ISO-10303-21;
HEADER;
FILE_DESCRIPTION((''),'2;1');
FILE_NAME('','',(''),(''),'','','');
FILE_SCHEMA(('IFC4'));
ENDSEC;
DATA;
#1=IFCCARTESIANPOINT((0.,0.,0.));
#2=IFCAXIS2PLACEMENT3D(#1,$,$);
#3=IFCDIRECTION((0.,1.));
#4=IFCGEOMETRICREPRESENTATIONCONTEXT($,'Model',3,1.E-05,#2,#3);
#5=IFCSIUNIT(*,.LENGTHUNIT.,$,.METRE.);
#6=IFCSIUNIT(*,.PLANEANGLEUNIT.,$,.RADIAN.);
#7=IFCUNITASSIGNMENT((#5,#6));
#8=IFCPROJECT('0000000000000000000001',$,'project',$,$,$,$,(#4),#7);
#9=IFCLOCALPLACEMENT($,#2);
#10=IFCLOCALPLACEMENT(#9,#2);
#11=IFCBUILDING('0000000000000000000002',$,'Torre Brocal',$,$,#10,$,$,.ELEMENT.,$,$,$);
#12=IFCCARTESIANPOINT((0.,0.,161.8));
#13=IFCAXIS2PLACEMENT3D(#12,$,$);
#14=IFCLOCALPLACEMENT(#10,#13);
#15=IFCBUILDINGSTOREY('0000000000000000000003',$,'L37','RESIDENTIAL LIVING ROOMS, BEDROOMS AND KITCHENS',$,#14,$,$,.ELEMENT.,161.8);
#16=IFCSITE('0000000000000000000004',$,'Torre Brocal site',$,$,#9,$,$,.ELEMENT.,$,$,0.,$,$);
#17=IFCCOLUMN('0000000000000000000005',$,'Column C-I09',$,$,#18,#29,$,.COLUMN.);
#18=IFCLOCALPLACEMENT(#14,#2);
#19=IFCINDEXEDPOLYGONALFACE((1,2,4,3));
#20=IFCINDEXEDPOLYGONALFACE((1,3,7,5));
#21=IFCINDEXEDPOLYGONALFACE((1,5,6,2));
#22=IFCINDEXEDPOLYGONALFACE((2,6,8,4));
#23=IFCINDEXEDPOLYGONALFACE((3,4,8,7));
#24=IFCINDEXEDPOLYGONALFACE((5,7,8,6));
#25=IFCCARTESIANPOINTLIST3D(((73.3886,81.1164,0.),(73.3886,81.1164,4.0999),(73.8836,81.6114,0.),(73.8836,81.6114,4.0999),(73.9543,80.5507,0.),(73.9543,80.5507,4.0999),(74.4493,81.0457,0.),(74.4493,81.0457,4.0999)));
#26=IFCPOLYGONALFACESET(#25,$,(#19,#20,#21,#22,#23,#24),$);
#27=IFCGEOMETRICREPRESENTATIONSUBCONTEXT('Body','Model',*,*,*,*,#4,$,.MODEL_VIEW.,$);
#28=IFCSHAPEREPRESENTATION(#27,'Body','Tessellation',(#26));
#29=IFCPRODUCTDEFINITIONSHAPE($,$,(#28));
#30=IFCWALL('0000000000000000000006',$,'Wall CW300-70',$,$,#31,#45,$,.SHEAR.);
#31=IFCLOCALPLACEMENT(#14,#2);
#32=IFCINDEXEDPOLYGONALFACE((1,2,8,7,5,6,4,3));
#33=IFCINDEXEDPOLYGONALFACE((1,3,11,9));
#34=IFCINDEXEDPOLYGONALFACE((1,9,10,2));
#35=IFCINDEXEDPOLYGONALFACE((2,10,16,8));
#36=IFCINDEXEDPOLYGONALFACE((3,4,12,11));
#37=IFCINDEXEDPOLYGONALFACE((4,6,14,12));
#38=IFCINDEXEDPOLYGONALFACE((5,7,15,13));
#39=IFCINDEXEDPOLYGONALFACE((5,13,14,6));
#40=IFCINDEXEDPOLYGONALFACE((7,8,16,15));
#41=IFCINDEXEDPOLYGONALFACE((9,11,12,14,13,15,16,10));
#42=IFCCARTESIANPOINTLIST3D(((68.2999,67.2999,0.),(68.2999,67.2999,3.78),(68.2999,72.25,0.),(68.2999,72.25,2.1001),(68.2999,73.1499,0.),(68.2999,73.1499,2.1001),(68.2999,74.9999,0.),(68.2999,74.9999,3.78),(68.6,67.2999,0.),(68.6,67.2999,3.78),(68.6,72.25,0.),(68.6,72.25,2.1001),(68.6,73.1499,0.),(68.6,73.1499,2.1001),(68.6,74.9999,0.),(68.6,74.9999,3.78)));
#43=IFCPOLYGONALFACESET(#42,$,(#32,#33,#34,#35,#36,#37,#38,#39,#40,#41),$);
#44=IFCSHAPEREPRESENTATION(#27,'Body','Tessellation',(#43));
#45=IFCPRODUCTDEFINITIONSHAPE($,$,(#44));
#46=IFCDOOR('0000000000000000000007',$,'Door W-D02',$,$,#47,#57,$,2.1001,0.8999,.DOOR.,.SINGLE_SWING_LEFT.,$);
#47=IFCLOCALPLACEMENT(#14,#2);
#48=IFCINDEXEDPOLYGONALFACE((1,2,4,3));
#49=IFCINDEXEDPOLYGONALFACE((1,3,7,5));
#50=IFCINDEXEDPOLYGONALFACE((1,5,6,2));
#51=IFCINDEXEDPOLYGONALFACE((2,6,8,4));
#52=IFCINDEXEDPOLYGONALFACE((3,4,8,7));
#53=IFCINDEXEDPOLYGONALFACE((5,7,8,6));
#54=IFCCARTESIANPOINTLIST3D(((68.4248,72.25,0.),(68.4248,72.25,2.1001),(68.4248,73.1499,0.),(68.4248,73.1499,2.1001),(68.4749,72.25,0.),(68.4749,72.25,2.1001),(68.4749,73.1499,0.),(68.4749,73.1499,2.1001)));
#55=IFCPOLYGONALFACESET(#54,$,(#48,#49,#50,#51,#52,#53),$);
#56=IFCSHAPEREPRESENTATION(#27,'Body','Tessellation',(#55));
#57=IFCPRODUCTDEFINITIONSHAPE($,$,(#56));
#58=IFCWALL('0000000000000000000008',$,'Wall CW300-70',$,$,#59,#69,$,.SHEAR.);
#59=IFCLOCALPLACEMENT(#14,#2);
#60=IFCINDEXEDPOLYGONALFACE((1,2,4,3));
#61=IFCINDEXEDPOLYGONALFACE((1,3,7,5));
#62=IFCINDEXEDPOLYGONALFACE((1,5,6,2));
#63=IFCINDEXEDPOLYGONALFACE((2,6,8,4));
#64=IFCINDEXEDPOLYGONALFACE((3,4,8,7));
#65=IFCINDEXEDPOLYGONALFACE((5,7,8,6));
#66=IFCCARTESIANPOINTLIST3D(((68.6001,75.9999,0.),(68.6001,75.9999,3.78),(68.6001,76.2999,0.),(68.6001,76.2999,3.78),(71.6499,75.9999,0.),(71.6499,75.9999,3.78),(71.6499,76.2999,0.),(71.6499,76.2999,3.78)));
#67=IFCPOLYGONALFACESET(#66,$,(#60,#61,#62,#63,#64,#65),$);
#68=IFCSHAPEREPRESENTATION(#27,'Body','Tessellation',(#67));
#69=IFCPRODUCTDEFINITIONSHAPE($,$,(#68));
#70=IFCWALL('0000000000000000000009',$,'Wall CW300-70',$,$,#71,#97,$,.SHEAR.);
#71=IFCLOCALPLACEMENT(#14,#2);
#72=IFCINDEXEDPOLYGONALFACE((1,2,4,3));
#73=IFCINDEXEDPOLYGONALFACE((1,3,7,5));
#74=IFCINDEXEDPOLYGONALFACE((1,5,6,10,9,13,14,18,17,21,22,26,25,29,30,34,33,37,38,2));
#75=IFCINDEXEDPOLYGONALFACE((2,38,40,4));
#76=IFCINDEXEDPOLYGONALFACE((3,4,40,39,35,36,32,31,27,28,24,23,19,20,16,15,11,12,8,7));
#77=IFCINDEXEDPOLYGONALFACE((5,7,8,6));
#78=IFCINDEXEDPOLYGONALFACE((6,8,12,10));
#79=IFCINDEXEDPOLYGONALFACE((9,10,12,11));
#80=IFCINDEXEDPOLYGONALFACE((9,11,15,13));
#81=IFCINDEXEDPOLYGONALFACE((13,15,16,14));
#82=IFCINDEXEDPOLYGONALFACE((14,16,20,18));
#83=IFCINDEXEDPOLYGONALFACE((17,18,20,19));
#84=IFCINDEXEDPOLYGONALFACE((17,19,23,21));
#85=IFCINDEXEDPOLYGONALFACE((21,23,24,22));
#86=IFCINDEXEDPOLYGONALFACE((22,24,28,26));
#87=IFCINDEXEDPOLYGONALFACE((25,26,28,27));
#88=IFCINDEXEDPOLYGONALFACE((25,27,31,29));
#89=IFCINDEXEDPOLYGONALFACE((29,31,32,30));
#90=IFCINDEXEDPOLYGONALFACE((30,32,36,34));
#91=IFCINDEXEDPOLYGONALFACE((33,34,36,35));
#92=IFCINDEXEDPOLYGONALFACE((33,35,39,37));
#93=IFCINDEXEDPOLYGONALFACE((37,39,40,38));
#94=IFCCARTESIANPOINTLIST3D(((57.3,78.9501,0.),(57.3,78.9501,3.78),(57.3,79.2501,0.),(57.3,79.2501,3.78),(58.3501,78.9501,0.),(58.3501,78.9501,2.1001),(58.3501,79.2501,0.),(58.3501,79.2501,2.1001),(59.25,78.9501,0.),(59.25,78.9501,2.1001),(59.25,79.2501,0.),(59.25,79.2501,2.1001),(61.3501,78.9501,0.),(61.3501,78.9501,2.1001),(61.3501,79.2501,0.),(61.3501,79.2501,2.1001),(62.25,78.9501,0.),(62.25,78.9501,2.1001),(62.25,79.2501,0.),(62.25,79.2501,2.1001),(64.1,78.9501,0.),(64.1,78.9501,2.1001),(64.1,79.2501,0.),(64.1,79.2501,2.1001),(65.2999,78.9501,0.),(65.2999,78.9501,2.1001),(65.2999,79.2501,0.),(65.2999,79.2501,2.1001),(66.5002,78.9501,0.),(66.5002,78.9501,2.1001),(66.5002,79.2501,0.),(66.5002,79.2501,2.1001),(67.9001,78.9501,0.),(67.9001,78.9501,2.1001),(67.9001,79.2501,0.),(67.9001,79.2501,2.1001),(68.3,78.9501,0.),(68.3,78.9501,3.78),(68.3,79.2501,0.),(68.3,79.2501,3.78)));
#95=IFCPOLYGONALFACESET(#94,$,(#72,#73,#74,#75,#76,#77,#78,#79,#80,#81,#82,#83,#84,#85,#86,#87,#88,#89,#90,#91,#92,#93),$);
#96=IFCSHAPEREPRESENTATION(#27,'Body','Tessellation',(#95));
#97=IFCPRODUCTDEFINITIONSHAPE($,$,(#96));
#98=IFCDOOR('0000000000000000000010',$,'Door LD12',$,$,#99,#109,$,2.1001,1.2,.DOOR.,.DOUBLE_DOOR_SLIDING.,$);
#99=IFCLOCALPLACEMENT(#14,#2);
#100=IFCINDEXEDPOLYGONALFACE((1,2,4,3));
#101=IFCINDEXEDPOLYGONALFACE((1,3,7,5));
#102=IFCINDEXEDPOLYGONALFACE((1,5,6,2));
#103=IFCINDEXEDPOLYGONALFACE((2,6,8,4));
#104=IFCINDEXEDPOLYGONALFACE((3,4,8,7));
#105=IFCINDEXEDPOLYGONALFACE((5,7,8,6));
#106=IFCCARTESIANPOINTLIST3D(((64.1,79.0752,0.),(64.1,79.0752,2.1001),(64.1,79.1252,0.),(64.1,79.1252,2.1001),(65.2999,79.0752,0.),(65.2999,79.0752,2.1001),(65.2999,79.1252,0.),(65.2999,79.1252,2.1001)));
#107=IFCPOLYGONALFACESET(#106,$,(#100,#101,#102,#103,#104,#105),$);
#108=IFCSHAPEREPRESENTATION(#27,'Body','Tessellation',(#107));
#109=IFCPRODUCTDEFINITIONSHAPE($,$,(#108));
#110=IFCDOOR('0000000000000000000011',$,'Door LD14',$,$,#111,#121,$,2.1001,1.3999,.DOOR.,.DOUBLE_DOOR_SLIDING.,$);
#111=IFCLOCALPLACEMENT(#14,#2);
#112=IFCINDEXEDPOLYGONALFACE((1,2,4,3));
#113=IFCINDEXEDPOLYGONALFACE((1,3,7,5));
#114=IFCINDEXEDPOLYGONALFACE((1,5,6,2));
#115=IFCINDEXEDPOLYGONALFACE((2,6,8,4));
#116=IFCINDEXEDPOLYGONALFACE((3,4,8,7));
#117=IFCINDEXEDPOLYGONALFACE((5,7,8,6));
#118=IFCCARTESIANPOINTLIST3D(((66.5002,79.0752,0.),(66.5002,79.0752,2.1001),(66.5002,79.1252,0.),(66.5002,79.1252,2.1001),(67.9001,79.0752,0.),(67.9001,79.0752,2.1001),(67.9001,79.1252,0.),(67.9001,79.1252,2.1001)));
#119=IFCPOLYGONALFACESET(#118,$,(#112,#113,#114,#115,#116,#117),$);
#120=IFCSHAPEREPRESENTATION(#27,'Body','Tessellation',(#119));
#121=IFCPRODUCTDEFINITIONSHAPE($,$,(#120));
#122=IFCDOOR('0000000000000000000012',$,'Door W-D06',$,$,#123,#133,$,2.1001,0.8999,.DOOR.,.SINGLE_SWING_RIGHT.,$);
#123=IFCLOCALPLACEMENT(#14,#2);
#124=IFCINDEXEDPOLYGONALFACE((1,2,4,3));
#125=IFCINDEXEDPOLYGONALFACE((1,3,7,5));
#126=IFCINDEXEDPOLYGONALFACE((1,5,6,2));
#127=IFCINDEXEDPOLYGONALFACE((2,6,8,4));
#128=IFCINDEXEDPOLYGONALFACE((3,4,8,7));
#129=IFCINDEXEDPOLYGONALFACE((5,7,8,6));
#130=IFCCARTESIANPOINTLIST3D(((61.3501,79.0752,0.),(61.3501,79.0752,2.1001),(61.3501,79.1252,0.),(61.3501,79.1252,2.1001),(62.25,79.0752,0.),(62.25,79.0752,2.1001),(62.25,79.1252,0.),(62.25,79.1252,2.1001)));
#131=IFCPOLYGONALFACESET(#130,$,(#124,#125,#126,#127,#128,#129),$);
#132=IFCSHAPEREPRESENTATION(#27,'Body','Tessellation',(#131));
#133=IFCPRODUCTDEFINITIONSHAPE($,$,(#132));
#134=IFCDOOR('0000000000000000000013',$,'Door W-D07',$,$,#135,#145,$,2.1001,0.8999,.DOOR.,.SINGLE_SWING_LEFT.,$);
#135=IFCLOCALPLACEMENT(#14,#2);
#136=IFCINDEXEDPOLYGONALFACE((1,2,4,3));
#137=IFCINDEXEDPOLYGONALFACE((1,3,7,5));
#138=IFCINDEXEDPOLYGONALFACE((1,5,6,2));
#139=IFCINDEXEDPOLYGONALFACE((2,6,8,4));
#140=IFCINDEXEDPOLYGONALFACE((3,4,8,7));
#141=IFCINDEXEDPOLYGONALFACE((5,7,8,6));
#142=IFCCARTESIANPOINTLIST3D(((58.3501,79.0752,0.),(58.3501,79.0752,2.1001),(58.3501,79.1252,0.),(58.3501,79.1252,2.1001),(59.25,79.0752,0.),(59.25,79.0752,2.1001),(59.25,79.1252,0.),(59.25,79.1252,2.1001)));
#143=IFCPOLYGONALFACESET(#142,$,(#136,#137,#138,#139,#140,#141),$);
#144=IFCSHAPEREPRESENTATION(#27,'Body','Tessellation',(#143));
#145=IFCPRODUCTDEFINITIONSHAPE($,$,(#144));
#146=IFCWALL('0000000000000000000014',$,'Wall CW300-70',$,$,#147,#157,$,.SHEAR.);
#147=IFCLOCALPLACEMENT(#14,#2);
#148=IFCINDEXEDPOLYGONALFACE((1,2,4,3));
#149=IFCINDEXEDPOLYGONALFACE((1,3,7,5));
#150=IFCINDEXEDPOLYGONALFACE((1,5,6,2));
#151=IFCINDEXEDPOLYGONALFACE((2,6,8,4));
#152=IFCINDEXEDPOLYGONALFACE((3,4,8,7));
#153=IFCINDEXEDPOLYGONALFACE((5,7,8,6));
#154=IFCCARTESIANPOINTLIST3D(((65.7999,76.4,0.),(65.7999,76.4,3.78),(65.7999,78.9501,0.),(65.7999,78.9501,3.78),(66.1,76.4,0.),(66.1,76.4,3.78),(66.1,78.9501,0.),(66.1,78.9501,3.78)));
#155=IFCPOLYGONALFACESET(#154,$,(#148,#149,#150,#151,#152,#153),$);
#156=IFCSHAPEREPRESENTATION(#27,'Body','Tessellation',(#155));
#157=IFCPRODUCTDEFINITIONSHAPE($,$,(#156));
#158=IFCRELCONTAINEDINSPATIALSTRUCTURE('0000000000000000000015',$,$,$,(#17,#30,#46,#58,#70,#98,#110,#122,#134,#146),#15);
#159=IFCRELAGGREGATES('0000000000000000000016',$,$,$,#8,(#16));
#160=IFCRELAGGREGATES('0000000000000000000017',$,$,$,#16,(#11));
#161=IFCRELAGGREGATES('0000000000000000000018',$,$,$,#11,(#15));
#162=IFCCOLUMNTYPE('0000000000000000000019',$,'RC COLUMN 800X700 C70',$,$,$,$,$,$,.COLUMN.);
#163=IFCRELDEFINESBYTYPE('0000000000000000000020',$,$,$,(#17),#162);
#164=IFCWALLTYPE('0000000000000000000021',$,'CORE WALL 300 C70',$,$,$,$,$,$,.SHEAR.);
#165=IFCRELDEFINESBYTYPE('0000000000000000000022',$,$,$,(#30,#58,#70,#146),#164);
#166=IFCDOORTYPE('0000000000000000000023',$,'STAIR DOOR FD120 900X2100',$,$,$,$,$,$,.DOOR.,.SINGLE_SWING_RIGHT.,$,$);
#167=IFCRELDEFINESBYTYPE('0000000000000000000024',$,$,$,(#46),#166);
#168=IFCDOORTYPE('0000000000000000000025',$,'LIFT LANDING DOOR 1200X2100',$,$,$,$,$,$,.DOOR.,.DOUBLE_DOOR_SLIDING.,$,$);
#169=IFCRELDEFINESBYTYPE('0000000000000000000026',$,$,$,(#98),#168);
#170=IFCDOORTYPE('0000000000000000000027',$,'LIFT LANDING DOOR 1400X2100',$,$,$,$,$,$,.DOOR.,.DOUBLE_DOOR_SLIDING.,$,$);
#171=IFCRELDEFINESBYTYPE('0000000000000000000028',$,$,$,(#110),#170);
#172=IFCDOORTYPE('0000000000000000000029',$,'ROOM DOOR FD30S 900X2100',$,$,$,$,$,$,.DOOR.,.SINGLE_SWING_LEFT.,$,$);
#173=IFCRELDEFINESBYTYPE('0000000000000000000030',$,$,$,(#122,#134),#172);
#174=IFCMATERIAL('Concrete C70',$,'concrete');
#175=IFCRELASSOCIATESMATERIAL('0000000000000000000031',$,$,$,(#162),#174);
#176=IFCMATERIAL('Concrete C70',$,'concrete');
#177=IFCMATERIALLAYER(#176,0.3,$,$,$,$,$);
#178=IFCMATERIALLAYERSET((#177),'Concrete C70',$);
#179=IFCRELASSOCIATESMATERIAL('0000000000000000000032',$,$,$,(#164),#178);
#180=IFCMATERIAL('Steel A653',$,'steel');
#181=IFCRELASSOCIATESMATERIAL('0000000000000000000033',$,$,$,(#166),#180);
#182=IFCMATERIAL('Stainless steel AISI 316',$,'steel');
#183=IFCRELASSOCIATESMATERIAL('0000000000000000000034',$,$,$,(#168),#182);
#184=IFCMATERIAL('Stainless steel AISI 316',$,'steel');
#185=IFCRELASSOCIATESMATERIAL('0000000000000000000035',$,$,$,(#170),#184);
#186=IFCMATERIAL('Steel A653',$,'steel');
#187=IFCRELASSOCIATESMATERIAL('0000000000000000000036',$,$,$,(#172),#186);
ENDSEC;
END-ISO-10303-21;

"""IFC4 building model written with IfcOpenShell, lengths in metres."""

from ifc_helpers import new_model, si_unit, direction, frame, frame_2d, origin, origin_2d, place, context, subcontext, project, spatial, rectangle, extrude, material, layer, layer_set, material_profile, profile_set, type_object, element, fill, save


model = new_model("IFC4")

# Units and contexts
model_context = context("Model", 3, precision=1e-05, world=origin(), true_north=direction((0.0, 1.0)))
body_context = subcontext(model_context, "Body", "Model", "MODEL_VIEW")
ifc_project = project(units=[si_unit("LENGTHUNIT", "METRE"), si_unit("PLANEANGLEUNIT", "RADIAN")], contexts=[model_context])

# Site, building, storey
site_placement = place(None, origin())
site = spatial("IfcSite", under=ifc_project, at=site_placement, Name="Torre Brocal site", CompositionType="ELEMENT", RefElevation=0.0)
building_placement = place(site_placement, origin())
building = spatial("IfcBuilding", under=site, at=building_placement, Name="Torre Brocal", CompositionType="ELEMENT")
storey_placement = place(building_placement, frame((0.0, 0.0, 161.8)))
storey = spatial("IfcBuildingStorey", under=building, at=storey_placement, Name="L37", Description="RESIDENTIAL LIVING ROOMS, BEDROOMS AND KITCHENS", CompositionType="ELEMENT", Elevation=161.8)

# Column
ifc_material_1 = material(Name="Concrete C70", Category="concrete")
ifc_material_profile = material_profile(ifc_material_1, rectangle(XDim=0.8, YDim=0.7, at=origin_2d()), Name="RC 800X700")
ifc_profile_set = profile_set([ifc_material_profile], Name="Concrete C70")
column_type = type_object("IfcColumnType", Name="RC COLUMN 800X700 C70", PredefinedType="COLUMN", material=ifc_profile_set)
column_placement = place(storey_placement, frame((73.9189, 81.0811, 0.0), z_axis=(0.0, 0.0, 1.0), x_axis=(-0.707107, 0.707107, 0.0)))
element("IfcColumn", 1, at=column_placement, inside=storey, type_object=column_type, Name="Column C-I09", PredefinedType="COLUMN", context=body_context, shape_type="SweptSolid", body=[
    extrude(rectangle(XDim=0.8, YDim=0.7, at=origin_2d()), origin(), (0.0, 0.0, 1.0), 4.0999),
])

# Wall, opening, door
ifc_material_2 = material(Name="Concrete C70", Category="concrete")
ifc_layer_1 = layer(ifc_material_2, 0.3)
ifc_layer_set_1 = layer_set([ifc_layer_1], Name="Concrete C70")
wall_type_1 = type_object("IfcWallType", Name="CORE WALL 300 C70", PredefinedType="SHEAR", material=ifc_layer_set_1)
wall_1_placement = place(storey_placement, frame((68.45, 75.0, 0.0), z_axis=(0.0, 0.0, 1.0), x_axis=(0.0, -1.0, 0.0)))
wall_1 = element("IfcWall", 2, at=wall_1_placement, inside=storey, type_object=wall_type_1, Name="Wall CW300-70", PredefinedType="SHEAR", context=body_context, shape_type="SweptSolid", body=[
    extrude(rectangle(XDim=7.7, YDim=0.3, at=frame_2d((3.8501, 0.0))), origin(), (0.0, 0.0, 1.0), 3.78),
])
opening_1_placement = place(wall_1_placement, frame((1.8501, 0.0, 0.0)))
opening_1 = element("IfcOpeningElement", 3, at=opening_1_placement, cuts=wall_1, PredefinedType="OPENING", context=body_context, shape_type="SweptSolid", body=[
    extrude(rectangle(XDim=0.8999, YDim=2.1001, at=frame_2d((0.45, 1.05))), frame((0.0, 0.1599, 0.0), z_axis=(0.0, -1.0, 0.0), x_axis=(1.0, 0.0, 0.0)), (0.0, 0.0, 1.0), 0.3201),
])
ifc_material_3 = material(Name="Steel A653", Category="steel")
door_type_1 = type_object("IfcDoorType", Name="STAIR DOOR FD120 900X2100", OperationType="SINGLE_SWING_RIGHT", PredefinedType="DOOR", material=ifc_material_3)
door_1_placement = place(opening_1_placement, origin())
door_1 = element("IfcDoor", 4, at=door_1_placement, inside=storey, type_object=door_type_1, Name="Door W-D02", OperationType="SINGLE_SWING_LEFT", OverallHeight=2.1001, OverallWidth=0.8999, PredefinedType="DOOR", context=body_context, shape_type="SweptSolid", body=[
    extrude(rectangle(XDim=0.8999, YDim=2.1001, at=frame_2d((0.45, 1.05))), frame((0.0, 0.0249, 0.0), z_axis=(0.0, -1.0, 0.0), x_axis=(1.0, 0.0, 0.0)), (0.0, 0.0, 1.0), 0.05),
])
fill(opening_1, door_1)

# Wall
wall_2_placement = place(storey_placement, frame((71.6499, 76.1499, 0.0), z_axis=(0.0, 0.0, 1.0), x_axis=(-1.0, 0.0, 0.0)))
element("IfcWall", 5, at=wall_2_placement, inside=storey, type_object=wall_type_1, Name="Wall CW300-70", PredefinedType="SHEAR", context=body_context, shape_type="SweptSolid", body=[
    extrude(rectangle(XDim=3.0498, YDim=0.3, at=frame_2d((1.5249, 0.0))), origin(), (0.0, 0.0, 1.0), 3.78),
])

# Wall, openings, doors
wall_3_placement = place(storey_placement, frame((68.3, 79.1001, 0.0), z_axis=(0.0, 0.0, 1.0), x_axis=(-1.0, 0.0, 0.0)))
wall_3 = element("IfcWall", 6, at=wall_3_placement, inside=storey, type_object=wall_type_1, Name="Wall CW300-70", PredefinedType="SHEAR", context=body_context, shape_type="SweptSolid", body=[
    extrude(rectangle(XDim=11.0, YDim=0.3, at=frame_2d((5.5, 0.0))), origin(), (0.0, 0.0, 1.0), 3.78),
])
opening_2_placement = place(wall_3_placement, frame((0.3999, 0.0, 0.0)))
opening_2 = element("IfcOpeningElement", 7, at=opening_2_placement, cuts=wall_3, PredefinedType="OPENING", context=body_context, shape_type="SweptSolid", body=[
    extrude(rectangle(XDim=1.3999, YDim=2.1001, at=frame_2d((0.7, 1.05))), frame((0.0, 0.1599, 0.0), z_axis=(0.0, -1.0, 0.0), x_axis=(1.0, 0.0, 0.0)), (0.0, 0.0, 1.0), 0.3201),
])
opening_3_placement = place(wall_3_placement, frame((3.0, 0.0, 0.0)))
opening_3 = element("IfcOpeningElement", 8, at=opening_3_placement, cuts=wall_3, PredefinedType="OPENING", context=body_context, shape_type="SweptSolid", body=[
    extrude(rectangle(XDim=1.2, YDim=2.1001, at=frame_2d((0.6001, 1.05))), frame((0.0, 0.1599, 0.0), z_axis=(0.0, -1.0, 0.0), x_axis=(1.0, 0.0, 0.0)), (0.0, 0.0, 1.0), 0.3201),
])
opening_4_placement = place(wall_3_placement, frame((6.05, 0.0, 0.0)))
opening_4 = element("IfcOpeningElement", 9, at=opening_4_placement, cuts=wall_3, PredefinedType="OPENING", context=body_context, shape_type="SweptSolid", body=[
    extrude(rectangle(XDim=0.8999, YDim=2.1001, at=frame_2d((0.45, 1.05))), frame((0.0, 0.1599, 0.0), z_axis=(0.0, -1.0, 0.0), x_axis=(1.0, 0.0, 0.0)), (0.0, 0.0, 1.0), 0.3201),
])
opening_5_placement = place(wall_3_placement, frame((9.05, 0.0, 0.0)))
opening_5 = element("IfcOpeningElement", 10, at=opening_5_placement, cuts=wall_3, PredefinedType="OPENING", context=body_context, shape_type="SweptSolid", body=[
    extrude(rectangle(XDim=0.8999, YDim=2.1001, at=frame_2d((0.45, 1.05))), frame((0.0, 0.1599, 0.0), z_axis=(0.0, -1.0, 0.0), x_axis=(1.0, 0.0, 0.0)), (0.0, 0.0, 1.0), 0.3201),
])
ifc_material_4 = material(Name="Stainless steel AISI 316", Category="steel")
door_type_2 = type_object("IfcDoorType", Name="LIFT LANDING DOOR 1200X2100", OperationType="DOUBLE_DOOR_SLIDING", PredefinedType="DOOR", material=ifc_material_4)
door_2_placement = place(opening_3_placement, origin())
door_2 = element("IfcDoor", 11, at=door_2_placement, inside=storey, type_object=door_type_2, Name="Door LD12", OperationType="DOUBLE_DOOR_SLIDING", OverallHeight=2.1001, OverallWidth=1.2, PredefinedType="DOOR", context=body_context, shape_type="SweptSolid", body=[
    extrude(rectangle(XDim=1.2, YDim=2.1001, at=frame_2d((0.6001, 1.05))), frame((0.0, 0.0249, 0.0), z_axis=(0.0, -1.0, 0.0), x_axis=(1.0, 0.0, 0.0)), (0.0, 0.0, 1.0), 0.05),
])
fill(opening_3, door_2)
ifc_material_5 = material(Name="Stainless steel AISI 316", Category="steel")
door_type_3 = type_object("IfcDoorType", Name="LIFT LANDING DOOR 1400X2100", OperationType="DOUBLE_DOOR_SLIDING", PredefinedType="DOOR", material=ifc_material_5)
door_3_placement = place(opening_2_placement, origin())
door_3 = element("IfcDoor", 12, at=door_3_placement, inside=storey, type_object=door_type_3, Name="Door LD14", OperationType="DOUBLE_DOOR_SLIDING", OverallHeight=2.1001, OverallWidth=1.3999, PredefinedType="DOOR", context=body_context, shape_type="SweptSolid", body=[
    extrude(rectangle(XDim=1.3999, YDim=2.1001, at=frame_2d((0.7, 1.05))), frame((0.0, 0.0249, 0.0), z_axis=(0.0, -1.0, 0.0), x_axis=(1.0, 0.0, 0.0)), (0.0, 0.0, 1.0), 0.05),
])
fill(opening_2, door_3)
ifc_material_6 = material(Name="Steel A653", Category="steel")
door_type_4 = type_object("IfcDoorType", Name="ROOM DOOR FD30S 900X2100", OperationType="SINGLE_SWING_LEFT", PredefinedType="DOOR", material=ifc_material_6)
door_4_placement = place(opening_4_placement, origin())
door_4 = element("IfcDoor", 13, at=door_4_placement, inside=storey, type_object=door_type_4, Name="Door W-D06", OperationType="SINGLE_SWING_RIGHT", OverallHeight=2.1001, OverallWidth=0.8999, PredefinedType="DOOR", context=body_context, shape_type="SweptSolid", body=[
    extrude(rectangle(XDim=0.8999, YDim=2.1001, at=frame_2d((0.45, 1.05))), frame((0.0, 0.0249, 0.0), z_axis=(0.0, -1.0, 0.0), x_axis=(1.0, 0.0, 0.0)), (0.0, 0.0, 1.0), 0.05),
])
fill(opening_4, door_4)
door_5_placement = place(opening_5_placement, origin())
door_5 = element("IfcDoor", 14, at=door_5_placement, inside=storey, type_object=door_type_4, Name="Door W-D07", OperationType="SINGLE_SWING_LEFT", OverallHeight=2.1001, OverallWidth=0.8999, PredefinedType="DOOR", context=body_context, shape_type="SweptSolid", body=[
    extrude(rectangle(XDim=0.8999, YDim=2.1001, at=frame_2d((0.45, 1.05))), frame((0.0, 0.0249, 0.0), z_axis=(0.0, -1.0, 0.0), x_axis=(1.0, 0.0, 0.0)), (0.0, 0.0, 1.0), 0.05),
])
fill(opening_5, door_5)

# Wall
wall_4_placement = place(storey_placement, frame((65.95, 78.95, 0.0), z_axis=(0.0, 0.0, 1.0), x_axis=(0.0, -1.0, 0.0)))
element("IfcWall", 15, at=wall_4_placement, inside=storey, type_object=wall_type_1, Name="Wall CW300-70", PredefinedType="SHEAR", context=body_context, shape_type="SweptSolid", body=[
    extrude(rectangle(XDim=2.55, YDim=0.3, at=frame_2d((1.2749, 0.0))), origin(), (0.0, 0.0, 1.0), 3.78),
])

save(model, "model.ifc")
